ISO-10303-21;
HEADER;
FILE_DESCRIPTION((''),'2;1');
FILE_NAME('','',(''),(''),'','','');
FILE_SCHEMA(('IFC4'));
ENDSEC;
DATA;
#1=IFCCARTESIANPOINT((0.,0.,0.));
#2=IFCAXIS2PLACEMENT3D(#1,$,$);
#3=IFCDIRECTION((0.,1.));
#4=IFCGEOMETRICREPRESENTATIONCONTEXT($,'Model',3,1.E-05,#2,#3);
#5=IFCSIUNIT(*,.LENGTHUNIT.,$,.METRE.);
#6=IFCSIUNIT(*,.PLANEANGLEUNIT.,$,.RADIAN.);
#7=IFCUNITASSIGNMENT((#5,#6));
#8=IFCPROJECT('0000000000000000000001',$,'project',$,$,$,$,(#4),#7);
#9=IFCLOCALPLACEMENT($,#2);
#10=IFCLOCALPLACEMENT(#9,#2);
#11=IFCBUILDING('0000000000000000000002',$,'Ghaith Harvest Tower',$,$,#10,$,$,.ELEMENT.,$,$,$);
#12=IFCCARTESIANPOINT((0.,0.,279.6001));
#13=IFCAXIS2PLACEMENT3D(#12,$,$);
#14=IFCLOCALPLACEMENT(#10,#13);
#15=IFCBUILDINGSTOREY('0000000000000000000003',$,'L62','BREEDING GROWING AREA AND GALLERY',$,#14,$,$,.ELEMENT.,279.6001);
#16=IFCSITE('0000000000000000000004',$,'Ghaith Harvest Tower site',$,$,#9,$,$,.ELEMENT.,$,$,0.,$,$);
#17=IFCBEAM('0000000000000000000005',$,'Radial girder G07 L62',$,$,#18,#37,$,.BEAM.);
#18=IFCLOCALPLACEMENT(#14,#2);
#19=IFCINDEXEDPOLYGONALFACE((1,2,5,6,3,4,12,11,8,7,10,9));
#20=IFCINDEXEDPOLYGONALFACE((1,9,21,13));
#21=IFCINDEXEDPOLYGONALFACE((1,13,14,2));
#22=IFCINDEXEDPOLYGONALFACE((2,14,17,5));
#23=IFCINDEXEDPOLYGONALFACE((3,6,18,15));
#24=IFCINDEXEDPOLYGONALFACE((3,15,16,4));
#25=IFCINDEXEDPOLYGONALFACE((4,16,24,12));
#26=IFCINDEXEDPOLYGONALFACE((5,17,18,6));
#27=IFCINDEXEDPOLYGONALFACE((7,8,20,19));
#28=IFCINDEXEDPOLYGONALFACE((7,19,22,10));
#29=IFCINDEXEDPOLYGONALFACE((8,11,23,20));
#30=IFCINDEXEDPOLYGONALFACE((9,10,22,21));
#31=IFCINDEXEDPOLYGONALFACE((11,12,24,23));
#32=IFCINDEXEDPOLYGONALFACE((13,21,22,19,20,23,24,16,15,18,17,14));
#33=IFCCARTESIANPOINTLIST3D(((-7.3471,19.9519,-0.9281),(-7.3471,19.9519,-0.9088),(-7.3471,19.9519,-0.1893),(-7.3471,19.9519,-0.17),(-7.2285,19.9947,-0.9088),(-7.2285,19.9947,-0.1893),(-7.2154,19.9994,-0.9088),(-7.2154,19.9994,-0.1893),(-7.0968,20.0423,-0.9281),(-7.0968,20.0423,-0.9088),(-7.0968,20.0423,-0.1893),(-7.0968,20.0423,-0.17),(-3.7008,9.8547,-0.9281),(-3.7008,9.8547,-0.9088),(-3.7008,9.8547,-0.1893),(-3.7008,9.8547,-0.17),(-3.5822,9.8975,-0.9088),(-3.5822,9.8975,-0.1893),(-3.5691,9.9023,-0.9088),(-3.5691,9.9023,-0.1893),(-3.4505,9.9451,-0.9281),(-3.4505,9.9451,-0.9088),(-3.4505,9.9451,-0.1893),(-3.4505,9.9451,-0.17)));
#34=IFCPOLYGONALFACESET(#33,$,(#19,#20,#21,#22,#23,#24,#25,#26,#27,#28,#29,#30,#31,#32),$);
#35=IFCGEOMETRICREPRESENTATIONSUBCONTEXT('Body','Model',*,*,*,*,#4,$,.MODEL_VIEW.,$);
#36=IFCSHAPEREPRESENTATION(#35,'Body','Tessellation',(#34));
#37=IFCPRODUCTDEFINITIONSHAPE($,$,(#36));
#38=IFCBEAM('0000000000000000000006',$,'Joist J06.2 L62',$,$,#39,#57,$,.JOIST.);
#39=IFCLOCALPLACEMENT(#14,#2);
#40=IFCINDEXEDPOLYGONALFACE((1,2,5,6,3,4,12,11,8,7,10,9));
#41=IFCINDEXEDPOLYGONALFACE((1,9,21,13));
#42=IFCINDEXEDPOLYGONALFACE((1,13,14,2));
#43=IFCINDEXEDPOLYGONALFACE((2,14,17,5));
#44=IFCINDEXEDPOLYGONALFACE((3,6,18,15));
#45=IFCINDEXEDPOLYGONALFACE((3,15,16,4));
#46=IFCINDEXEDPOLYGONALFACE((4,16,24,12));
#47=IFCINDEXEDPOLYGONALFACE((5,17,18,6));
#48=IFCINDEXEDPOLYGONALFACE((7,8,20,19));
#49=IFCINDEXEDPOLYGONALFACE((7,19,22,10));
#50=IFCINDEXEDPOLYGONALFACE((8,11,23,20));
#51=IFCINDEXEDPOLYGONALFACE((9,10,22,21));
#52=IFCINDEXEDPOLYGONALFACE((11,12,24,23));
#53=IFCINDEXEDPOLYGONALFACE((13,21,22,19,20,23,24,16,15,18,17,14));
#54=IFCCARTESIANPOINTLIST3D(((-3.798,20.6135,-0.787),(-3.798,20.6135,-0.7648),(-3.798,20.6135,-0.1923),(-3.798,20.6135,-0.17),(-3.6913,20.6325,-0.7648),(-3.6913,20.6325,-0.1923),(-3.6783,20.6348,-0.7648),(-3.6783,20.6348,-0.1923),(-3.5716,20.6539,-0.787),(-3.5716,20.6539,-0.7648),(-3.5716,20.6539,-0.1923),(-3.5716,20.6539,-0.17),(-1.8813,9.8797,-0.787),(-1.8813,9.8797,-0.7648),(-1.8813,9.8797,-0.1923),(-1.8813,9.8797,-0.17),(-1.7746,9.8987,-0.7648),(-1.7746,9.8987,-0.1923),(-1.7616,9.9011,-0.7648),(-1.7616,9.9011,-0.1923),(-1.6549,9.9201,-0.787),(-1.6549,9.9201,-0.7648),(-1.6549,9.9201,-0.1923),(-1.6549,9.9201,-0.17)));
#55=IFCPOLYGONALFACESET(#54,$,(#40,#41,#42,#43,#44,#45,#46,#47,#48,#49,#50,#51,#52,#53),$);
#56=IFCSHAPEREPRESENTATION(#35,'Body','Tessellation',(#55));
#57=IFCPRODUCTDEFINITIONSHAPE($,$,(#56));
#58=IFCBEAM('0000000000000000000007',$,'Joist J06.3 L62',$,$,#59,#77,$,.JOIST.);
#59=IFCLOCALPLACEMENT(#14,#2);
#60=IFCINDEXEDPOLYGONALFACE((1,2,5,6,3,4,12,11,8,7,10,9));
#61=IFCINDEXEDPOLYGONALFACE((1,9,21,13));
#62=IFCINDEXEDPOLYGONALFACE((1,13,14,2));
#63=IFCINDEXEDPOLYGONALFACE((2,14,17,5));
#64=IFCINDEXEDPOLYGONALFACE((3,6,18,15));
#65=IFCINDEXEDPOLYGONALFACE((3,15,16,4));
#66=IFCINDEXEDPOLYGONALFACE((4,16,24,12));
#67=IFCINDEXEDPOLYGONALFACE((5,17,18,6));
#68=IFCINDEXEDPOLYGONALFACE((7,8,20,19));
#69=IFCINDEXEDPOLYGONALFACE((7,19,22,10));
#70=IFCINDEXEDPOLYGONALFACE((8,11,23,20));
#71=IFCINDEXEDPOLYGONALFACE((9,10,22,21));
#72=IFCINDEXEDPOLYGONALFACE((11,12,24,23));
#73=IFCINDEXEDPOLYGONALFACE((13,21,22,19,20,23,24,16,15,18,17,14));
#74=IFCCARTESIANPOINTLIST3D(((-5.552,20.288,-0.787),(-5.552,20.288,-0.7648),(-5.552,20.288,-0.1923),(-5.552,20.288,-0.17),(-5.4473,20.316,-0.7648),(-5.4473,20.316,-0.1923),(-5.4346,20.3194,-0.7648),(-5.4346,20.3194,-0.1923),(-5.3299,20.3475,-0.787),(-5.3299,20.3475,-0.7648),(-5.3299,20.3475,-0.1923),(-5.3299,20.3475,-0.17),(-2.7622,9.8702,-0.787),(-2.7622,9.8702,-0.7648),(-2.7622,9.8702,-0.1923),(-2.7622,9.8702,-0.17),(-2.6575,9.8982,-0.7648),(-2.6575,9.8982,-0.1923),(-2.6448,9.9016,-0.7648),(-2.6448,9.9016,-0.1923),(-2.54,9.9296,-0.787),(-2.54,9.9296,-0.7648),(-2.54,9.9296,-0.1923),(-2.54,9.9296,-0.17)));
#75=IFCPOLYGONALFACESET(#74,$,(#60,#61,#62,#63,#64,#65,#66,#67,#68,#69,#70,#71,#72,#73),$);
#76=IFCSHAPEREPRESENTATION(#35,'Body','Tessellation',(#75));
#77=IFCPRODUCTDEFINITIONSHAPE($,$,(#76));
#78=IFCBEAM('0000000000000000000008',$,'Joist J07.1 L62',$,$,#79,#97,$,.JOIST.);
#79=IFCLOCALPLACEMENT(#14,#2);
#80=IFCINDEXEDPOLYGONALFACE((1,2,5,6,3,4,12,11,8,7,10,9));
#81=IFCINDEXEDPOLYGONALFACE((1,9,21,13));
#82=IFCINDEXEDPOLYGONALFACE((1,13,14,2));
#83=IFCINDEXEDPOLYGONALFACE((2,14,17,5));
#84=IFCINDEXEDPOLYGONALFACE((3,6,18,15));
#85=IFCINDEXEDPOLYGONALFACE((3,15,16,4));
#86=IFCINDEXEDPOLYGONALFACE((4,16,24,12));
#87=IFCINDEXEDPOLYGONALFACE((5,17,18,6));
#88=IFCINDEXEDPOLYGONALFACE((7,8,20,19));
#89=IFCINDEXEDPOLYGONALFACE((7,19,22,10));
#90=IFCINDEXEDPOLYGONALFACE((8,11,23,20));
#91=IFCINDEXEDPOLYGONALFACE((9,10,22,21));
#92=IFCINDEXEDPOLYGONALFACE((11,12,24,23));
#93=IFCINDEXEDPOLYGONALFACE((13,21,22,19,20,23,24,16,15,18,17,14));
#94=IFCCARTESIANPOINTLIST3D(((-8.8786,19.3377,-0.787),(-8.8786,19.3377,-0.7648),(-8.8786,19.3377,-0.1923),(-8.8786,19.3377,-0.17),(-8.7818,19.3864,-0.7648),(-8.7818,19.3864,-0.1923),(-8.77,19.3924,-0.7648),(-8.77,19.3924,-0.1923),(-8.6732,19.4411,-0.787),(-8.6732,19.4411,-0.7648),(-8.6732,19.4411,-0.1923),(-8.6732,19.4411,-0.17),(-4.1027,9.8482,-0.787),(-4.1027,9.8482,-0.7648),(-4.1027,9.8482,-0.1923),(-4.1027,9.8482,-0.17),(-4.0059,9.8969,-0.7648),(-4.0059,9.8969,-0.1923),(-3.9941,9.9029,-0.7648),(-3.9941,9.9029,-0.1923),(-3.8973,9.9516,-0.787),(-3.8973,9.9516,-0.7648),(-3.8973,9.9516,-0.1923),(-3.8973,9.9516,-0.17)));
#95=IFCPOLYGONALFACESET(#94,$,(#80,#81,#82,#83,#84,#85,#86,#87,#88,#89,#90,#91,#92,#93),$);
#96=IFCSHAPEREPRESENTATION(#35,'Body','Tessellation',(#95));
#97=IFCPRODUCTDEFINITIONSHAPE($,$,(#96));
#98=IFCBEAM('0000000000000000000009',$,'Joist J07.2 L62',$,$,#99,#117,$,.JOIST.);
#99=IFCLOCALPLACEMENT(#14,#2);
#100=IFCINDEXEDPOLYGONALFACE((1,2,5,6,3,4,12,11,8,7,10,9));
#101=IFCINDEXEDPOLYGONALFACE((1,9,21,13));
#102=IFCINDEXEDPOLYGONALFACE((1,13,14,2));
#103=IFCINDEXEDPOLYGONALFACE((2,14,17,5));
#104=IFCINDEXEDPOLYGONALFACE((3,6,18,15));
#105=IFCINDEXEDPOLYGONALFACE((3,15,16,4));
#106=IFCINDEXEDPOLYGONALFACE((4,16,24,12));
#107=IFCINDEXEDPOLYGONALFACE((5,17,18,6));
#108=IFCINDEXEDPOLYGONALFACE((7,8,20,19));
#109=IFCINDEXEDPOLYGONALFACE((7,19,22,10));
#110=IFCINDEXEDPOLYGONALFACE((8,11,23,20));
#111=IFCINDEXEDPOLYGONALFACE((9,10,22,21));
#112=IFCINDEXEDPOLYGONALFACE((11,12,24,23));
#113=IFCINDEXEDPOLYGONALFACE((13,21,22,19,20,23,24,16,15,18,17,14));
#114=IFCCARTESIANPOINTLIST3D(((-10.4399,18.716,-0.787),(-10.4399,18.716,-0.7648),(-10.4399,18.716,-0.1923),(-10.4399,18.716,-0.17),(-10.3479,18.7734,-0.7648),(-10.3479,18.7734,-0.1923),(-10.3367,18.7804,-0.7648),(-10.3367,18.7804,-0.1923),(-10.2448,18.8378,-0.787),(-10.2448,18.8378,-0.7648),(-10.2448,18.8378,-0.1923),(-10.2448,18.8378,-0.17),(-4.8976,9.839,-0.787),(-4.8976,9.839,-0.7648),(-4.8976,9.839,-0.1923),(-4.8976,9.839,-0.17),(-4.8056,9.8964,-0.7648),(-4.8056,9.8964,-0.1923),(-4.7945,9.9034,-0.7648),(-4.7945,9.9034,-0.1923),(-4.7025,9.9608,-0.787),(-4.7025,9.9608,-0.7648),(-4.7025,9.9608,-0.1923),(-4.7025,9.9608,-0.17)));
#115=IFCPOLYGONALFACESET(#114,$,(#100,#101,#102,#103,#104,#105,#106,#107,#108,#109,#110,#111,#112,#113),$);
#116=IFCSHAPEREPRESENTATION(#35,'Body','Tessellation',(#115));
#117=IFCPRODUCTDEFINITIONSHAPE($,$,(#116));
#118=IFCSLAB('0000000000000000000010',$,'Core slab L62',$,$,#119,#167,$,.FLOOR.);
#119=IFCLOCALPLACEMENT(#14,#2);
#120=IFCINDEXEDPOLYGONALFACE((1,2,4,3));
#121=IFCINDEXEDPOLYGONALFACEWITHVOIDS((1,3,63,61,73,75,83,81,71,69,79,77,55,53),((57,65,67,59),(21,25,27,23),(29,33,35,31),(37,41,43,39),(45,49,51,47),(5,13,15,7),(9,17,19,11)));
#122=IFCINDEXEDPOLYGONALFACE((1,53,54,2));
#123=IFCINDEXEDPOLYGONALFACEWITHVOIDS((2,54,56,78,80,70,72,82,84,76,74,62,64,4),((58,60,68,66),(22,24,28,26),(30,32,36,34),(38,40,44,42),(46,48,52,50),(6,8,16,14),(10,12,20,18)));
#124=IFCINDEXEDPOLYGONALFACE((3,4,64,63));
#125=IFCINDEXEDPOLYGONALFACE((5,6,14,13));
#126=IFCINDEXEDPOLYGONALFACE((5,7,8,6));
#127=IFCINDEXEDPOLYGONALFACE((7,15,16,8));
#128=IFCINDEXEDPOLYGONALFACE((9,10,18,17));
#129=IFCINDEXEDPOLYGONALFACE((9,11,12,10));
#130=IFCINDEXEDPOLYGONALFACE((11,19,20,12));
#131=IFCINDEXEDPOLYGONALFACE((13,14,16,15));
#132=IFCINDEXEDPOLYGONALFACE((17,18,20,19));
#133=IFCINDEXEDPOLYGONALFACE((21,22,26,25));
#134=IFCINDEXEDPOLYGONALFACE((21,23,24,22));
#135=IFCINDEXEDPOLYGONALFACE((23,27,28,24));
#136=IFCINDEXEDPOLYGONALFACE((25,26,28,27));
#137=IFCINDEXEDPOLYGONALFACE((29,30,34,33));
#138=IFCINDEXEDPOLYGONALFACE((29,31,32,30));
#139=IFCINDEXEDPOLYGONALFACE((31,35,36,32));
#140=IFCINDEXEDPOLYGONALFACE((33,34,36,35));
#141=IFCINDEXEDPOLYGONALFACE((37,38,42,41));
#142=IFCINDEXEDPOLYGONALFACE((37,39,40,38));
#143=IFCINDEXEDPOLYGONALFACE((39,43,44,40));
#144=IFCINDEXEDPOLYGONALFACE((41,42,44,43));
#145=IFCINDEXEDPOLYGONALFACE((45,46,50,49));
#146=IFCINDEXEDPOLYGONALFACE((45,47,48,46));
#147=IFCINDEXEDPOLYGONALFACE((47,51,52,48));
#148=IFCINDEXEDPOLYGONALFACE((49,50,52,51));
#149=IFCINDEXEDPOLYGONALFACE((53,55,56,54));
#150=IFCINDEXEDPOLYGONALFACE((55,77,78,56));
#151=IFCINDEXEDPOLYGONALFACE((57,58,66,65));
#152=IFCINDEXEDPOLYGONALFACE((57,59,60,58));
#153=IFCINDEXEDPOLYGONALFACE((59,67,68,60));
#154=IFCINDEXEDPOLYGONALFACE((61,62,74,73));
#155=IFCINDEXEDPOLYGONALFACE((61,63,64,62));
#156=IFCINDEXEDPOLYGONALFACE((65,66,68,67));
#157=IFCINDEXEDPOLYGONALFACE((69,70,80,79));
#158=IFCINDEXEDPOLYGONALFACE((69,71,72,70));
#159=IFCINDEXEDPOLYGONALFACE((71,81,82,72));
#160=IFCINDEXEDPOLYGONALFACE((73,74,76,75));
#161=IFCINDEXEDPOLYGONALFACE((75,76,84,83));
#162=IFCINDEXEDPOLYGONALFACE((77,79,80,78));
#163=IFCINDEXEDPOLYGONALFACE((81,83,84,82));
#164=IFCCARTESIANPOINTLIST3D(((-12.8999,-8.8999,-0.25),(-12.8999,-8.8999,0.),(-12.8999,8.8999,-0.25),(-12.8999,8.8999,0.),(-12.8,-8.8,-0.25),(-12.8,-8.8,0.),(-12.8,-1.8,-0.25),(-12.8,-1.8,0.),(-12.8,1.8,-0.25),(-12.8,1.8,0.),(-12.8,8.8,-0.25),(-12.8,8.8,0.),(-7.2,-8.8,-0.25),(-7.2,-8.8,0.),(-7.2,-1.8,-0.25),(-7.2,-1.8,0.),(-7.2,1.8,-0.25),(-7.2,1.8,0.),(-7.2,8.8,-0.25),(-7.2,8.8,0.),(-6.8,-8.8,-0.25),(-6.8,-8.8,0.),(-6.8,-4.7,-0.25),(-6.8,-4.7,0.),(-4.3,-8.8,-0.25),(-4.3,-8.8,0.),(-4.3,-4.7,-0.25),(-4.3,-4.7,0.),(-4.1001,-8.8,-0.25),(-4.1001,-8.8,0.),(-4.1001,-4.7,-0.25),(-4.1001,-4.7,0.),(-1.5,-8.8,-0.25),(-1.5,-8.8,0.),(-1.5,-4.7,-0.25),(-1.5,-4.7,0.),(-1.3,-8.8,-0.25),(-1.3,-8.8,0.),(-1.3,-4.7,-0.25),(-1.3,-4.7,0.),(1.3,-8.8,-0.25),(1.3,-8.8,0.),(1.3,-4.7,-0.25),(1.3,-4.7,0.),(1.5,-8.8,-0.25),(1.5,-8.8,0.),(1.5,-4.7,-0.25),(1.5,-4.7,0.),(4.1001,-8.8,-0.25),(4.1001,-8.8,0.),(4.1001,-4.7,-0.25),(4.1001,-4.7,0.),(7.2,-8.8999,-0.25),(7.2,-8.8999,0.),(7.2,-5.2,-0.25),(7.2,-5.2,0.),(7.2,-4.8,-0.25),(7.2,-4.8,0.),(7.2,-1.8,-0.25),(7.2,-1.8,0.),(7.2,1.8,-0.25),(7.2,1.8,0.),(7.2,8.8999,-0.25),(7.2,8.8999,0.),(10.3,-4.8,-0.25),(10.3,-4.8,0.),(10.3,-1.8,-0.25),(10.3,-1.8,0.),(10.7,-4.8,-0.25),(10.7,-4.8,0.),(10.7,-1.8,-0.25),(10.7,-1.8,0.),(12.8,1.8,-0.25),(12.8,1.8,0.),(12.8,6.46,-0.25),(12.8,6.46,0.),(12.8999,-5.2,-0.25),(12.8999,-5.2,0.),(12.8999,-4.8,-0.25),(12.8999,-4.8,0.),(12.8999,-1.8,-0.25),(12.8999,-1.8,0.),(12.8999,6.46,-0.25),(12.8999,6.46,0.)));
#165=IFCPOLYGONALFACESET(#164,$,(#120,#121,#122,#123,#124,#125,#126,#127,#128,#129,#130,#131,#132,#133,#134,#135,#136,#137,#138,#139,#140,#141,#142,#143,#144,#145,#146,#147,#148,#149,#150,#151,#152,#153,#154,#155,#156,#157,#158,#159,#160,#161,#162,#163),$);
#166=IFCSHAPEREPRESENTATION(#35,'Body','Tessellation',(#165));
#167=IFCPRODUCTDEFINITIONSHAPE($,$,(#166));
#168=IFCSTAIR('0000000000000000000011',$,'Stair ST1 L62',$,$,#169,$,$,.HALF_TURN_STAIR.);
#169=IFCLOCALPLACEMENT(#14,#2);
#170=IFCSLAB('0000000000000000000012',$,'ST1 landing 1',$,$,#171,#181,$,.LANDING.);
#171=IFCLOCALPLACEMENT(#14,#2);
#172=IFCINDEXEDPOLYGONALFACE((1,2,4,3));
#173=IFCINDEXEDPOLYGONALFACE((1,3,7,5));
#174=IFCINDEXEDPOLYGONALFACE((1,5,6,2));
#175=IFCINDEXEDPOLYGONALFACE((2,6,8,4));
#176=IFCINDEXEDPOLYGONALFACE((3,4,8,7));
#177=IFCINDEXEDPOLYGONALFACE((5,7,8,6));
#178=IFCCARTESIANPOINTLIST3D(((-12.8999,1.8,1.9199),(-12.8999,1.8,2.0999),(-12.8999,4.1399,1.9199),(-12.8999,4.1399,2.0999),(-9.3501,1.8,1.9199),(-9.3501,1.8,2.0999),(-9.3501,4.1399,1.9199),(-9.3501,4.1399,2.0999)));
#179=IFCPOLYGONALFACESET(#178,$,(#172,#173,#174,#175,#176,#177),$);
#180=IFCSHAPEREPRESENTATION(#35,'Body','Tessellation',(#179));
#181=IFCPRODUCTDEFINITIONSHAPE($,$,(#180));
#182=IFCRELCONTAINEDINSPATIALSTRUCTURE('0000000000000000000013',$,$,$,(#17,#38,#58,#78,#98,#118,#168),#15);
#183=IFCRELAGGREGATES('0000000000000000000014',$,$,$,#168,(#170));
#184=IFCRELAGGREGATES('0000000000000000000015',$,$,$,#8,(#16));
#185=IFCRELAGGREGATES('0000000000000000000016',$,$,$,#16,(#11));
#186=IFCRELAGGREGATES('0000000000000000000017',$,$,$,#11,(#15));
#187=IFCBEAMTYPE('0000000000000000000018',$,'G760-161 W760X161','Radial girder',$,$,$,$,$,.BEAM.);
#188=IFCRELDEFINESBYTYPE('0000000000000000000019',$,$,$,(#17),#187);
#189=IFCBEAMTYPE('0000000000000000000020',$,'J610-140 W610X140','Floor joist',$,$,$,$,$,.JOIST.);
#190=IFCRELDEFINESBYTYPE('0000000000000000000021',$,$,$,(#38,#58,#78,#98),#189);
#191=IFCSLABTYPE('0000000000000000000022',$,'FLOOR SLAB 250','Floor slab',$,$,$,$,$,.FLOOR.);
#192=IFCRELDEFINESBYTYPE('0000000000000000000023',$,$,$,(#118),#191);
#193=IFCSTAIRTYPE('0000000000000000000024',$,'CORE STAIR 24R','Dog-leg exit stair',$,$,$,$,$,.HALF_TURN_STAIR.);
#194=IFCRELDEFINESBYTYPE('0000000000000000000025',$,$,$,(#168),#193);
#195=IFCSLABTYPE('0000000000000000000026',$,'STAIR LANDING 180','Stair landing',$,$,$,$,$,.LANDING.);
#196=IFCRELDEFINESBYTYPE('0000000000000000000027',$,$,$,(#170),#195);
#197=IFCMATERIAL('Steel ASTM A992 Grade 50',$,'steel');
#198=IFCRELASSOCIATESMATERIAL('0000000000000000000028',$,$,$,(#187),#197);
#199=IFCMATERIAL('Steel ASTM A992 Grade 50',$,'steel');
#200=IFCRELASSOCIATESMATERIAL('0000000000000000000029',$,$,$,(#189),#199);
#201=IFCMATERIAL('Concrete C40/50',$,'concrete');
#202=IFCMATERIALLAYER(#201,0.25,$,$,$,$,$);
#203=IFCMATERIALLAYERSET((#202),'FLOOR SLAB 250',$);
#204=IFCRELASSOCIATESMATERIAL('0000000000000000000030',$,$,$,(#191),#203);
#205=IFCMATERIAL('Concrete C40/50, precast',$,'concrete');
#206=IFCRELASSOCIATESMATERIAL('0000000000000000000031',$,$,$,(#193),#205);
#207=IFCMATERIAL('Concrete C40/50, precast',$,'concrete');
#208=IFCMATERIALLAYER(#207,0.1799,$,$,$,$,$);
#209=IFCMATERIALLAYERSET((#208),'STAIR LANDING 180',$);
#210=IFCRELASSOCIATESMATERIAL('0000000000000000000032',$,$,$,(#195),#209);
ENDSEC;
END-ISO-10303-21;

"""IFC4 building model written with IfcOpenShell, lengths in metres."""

from ifc_helpers import new_model, si_unit, direction, frame, origin, origin_2d, place, context, subcontext, project, spatial, polyline, i_section, outline, extrude, material, layer, layer_set, material_profile, profile_set, type_object, element, aggregate, save


model = new_model("IFC4")

# Units and contexts
model_context = context("Model", 3, precision=1e-05, world=origin(), true_north=direction((0.0, 1.0)))
body_context = subcontext(model_context, "Body", "Model", "MODEL_VIEW")
ifc_project = project(units=[si_unit("LENGTHUNIT", "METRE"), si_unit("PLANEANGLEUNIT", "RADIAN")], contexts=[model_context])

# Site, building, storey
site_placement = place(None, origin())
site = spatial("IfcSite", under=ifc_project, at=site_placement, Name="Ghaith Harvest Tower site", CompositionType="ELEMENT", RefElevation=0.0)
building_placement = place(site_placement, origin())
building = spatial("IfcBuilding", under=site, at=building_placement, Name="Ghaith Harvest Tower", CompositionType="ELEMENT")
storey_placement = place(building_placement, frame((0.0, 0.0, 279.6001)))
storey = spatial("IfcBuildingStorey", under=building, at=storey_placement, Name="L62", Description="BREEDING GROWING AREA AND GALLERY", CompositionType="ELEMENT", Elevation=279.6001)

# Beams
ifc_material_1 = material(Name="Steel ASTM A992 Grade 50", Category="steel")
ifc_material_profile_1 = material_profile(ifc_material_1, i_section(OverallWidth=0.2661, OverallDepth=0.7581, WebThickness=0.0139, FlangeThickness=0.0193, at=origin_2d()), Name="W760X161")
ifc_profile_set_1 = profile_set([ifc_material_profile_1], Name="Steel ASTM A992 Grade 50")
beam_type_1 = type_object("IfcBeamType", Name="G760-161 W760X161", Description="Radial girder", PredefinedType="BEAM", material=ifc_profile_set_1)
beam_1_placement = place(storey_placement, frame((-3.5757, 9.8999, -0.5491), z_axis=(-0.339648, 0.940553, 0.0), x_axis=(-0.940553, -0.339648, 0.0)))
element("IfcBeam", 1, at=beam_1_placement, inside=storey, type_object=beam_type_1, Name="Radial girder G07 L62", PredefinedType="BEAM", context=body_context, shape_type="SweptSolid", body=[
    extrude(i_section(OverallWidth=0.2661, OverallDepth=0.7581, WebThickness=0.0139, FlangeThickness=0.0193, at=origin_2d()), origin(), (0.0, 0.0, 1.0), 10.7354),
])
ifc_material_2 = material(Name="Steel ASTM A992 Grade 50", Category="steel")
ifc_material_profile_2 = material_profile(ifc_material_2, i_section(OverallWidth=0.23, OverallDepth=0.6169, WebThickness=0.0132, FlangeThickness=0.0222, at=origin_2d()), Name="W610X140")
ifc_profile_set_2 = profile_set([ifc_material_profile_2], Name="Steel ASTM A992 Grade 50")
beam_type_2 = type_object("IfcBeamType", Name="J610-140 W610X140", Description="Floor joist", PredefinedType="JOIST", material=ifc_profile_set_2)
beam_2_placement = place(storey_placement, frame((-1.7681, 9.8999, -0.4785), z_axis=(-0.175789, 0.984428, 0.0), x_axis=(-0.984428, -0.175789, 0.0)))
element("IfcBeam", 2, at=beam_2_placement, inside=storey, type_object=beam_type_2, Name="Joist J06.2 L62", PredefinedType="JOIST", context=body_context, shape_type="SweptSolid", body=[
    extrude(i_section(OverallWidth=0.23, OverallDepth=0.6169, WebThickness=0.0132, FlangeThickness=0.0222, at=origin_2d()), origin(), (0.0, 0.0, 1.0), 10.9036),
])
beam_3_placement = place(storey_placement, frame((-2.6511, 9.8999, -0.4785), z_axis=(-0.258678, 0.965964, 0.0), x_axis=(-0.965964, -0.258678, 0.0)))
element("IfcBeam", 3, at=beam_3_placement, inside=storey, type_object=beam_type_2, Name="Joist J06.3 L62", PredefinedType="JOIST", context=body_context, shape_type="SweptSolid", body=[
    extrude(i_section(OverallWidth=0.23, OverallDepth=0.6169, WebThickness=0.0132, FlangeThickness=0.0222, at=origin_2d()), origin(), (0.0, 0.0, 1.0), 10.7849),
])
beam_4_placement = place(storey_placement, frame((-4.0, 9.8999, -0.4785), z_axis=(-0.449556, 0.893252, 0.0), x_axis=(-0.893252, -0.449556, 0.0)))
element("IfcBeam", 4, at=beam_4_placement, inside=storey, type_object=beam_type_2, Name="Joist J07.1 L62", PredefinedType="JOIST", context=body_context, shape_type="SweptSolid", body=[
    extrude(i_section(OverallWidth=0.23, OverallDepth=0.6169, WebThickness=0.0132, FlangeThickness=0.0222, at=origin_2d()), origin(), (0.0, 0.0, 1.0), 10.6235),
])
beam_5_placement = place(storey_placement, frame((-4.8, 9.8999, -0.4785), z_axis=(-0.529596, 0.84825, 0.0), x_axis=(-0.84825, -0.529596, 0.0)))
element("IfcBeam", 5, at=beam_5_placement, inside=storey, type_object=beam_type_2, Name="Joist J07.2 L62", PredefinedType="JOIST", context=body_context, shape_type="SweptSolid", body=[
    extrude(i_section(OverallWidth=0.23, OverallDepth=0.6169, WebThickness=0.0132, FlangeThickness=0.0222, at=origin_2d()), origin(), (0.0, 0.0, 1.0), 10.4651),
])

# Slab
ifc_material_3 = material(Name="Concrete C40/50", Category="concrete")
ifc_layer_1 = layer(ifc_material_3, 0.25)
ifc_layer_set_1 = layer_set([ifc_layer_1], Name="FLOOR SLAB 250")
slab_type_1 = type_object("IfcSlabType", Name="FLOOR SLAB 250", Description="Floor slab", PredefinedType="FLOOR", material=ifc_layer_set_1)
slab_1_placement = place(storey_placement, frame((0.0, 0.0, -0.25)))
element("IfcSlab", 6, at=slab_1_placement, inside=storey, type_object=slab_type_1, Name="Core slab L62", PredefinedType="FLOOR", context=body_context, shape_type="SweptSolid", body=[
    extrude(outline(polyline([(-12.8999, 8.8999), (7.2, 8.8999), (7.2, 1.8), (12.8, 1.8), (12.8, 6.46), (12.8999, 6.46), (12.8999, -1.8), (10.7, -1.8), (10.7, -4.8), (12.8999, -4.8), (12.8999, -5.2), (7.2, -5.2), (7.2, -8.8999), (-12.8999, -8.8999), (-12.8999, 8.8999)]), holes=[polyline([(-4.3, -4.7), (-6.8, -4.7), (-6.8, -8.8), (-4.3, -8.8), (-4.3, -4.7)]), polyline([(-1.5, -4.7), (-4.1001, -4.7), (-4.1001, -8.8), (-1.5, -8.8), (-1.5, -4.7)]), polyline([(1.3, -8.8), (1.3, -4.7), (-1.3, -4.7), (-1.3, -8.8), (1.3, -8.8)]), polyline([(4.1001, -8.8), (4.1001, -4.7), (1.5, -4.7), (1.5, -8.8), (4.1001, -8.8)]), polyline([(-7.2, -1.8), (-12.8, -1.8), (-12.8, -8.8), (-7.2, -8.8), (-7.2, -1.8)]), polyline([(10.3, -1.8), (7.2, -1.8), (7.2, -4.8), (10.3, -4.8), (10.3, -1.8)]), polyline([(-12.8, 1.8), (-7.2, 1.8), (-7.2, 8.8), (-12.8, 8.8), (-12.8, 1.8)])]), origin(), (0.0, 0.0, 1.0), 0.25),
])

# Stair, slab
ifc_material_4 = material(Name="Concrete C40/50, precast", Category="concrete")
stair_type = type_object("IfcStairType", Name="CORE STAIR 24R", Description="Dog-leg exit stair", PredefinedType="HALF_TURN_STAIR", material=ifc_material_4)
stair_1_placement = place(storey_placement, origin())
stair_1 = element("IfcStair", 7, at=stair_1_placement, inside=storey, type_object=stair_type, Name="Stair ST1 L62", PredefinedType="HALF_TURN_STAIR")
ifc_material_5 = material(Name="Concrete C40/50, precast", Category="concrete")
ifc_layer_2 = layer(ifc_material_5, 0.1799)
ifc_layer_set_2 = layer_set([ifc_layer_2], Name="STAIR LANDING 180")
slab_type_2 = type_object("IfcSlabType", Name="STAIR LANDING 180", Description="Stair landing", PredefinedType="LANDING", material=ifc_layer_set_2)
slab_2_placement = place(storey_placement, frame((0.0, 0.0, 1.9199)))
slab_2 = element("IfcSlab", 8, at=slab_2_placement, type_object=slab_type_2, Name="ST1 landing 1", PredefinedType="LANDING", context=body_context, shape_type="SweptSolid", body=[
    extrude(outline(polyline([(-12.8999, 4.1399), (-12.8999, 1.8), (-9.3501, 1.8), (-9.3501, 4.1399), (-12.8999, 4.1399)])), origin(), (0.0, 0.0, 1.0), 0.1799),
])
aggregate(stair_1, [slab_2])

save(model, "model.ifc")
